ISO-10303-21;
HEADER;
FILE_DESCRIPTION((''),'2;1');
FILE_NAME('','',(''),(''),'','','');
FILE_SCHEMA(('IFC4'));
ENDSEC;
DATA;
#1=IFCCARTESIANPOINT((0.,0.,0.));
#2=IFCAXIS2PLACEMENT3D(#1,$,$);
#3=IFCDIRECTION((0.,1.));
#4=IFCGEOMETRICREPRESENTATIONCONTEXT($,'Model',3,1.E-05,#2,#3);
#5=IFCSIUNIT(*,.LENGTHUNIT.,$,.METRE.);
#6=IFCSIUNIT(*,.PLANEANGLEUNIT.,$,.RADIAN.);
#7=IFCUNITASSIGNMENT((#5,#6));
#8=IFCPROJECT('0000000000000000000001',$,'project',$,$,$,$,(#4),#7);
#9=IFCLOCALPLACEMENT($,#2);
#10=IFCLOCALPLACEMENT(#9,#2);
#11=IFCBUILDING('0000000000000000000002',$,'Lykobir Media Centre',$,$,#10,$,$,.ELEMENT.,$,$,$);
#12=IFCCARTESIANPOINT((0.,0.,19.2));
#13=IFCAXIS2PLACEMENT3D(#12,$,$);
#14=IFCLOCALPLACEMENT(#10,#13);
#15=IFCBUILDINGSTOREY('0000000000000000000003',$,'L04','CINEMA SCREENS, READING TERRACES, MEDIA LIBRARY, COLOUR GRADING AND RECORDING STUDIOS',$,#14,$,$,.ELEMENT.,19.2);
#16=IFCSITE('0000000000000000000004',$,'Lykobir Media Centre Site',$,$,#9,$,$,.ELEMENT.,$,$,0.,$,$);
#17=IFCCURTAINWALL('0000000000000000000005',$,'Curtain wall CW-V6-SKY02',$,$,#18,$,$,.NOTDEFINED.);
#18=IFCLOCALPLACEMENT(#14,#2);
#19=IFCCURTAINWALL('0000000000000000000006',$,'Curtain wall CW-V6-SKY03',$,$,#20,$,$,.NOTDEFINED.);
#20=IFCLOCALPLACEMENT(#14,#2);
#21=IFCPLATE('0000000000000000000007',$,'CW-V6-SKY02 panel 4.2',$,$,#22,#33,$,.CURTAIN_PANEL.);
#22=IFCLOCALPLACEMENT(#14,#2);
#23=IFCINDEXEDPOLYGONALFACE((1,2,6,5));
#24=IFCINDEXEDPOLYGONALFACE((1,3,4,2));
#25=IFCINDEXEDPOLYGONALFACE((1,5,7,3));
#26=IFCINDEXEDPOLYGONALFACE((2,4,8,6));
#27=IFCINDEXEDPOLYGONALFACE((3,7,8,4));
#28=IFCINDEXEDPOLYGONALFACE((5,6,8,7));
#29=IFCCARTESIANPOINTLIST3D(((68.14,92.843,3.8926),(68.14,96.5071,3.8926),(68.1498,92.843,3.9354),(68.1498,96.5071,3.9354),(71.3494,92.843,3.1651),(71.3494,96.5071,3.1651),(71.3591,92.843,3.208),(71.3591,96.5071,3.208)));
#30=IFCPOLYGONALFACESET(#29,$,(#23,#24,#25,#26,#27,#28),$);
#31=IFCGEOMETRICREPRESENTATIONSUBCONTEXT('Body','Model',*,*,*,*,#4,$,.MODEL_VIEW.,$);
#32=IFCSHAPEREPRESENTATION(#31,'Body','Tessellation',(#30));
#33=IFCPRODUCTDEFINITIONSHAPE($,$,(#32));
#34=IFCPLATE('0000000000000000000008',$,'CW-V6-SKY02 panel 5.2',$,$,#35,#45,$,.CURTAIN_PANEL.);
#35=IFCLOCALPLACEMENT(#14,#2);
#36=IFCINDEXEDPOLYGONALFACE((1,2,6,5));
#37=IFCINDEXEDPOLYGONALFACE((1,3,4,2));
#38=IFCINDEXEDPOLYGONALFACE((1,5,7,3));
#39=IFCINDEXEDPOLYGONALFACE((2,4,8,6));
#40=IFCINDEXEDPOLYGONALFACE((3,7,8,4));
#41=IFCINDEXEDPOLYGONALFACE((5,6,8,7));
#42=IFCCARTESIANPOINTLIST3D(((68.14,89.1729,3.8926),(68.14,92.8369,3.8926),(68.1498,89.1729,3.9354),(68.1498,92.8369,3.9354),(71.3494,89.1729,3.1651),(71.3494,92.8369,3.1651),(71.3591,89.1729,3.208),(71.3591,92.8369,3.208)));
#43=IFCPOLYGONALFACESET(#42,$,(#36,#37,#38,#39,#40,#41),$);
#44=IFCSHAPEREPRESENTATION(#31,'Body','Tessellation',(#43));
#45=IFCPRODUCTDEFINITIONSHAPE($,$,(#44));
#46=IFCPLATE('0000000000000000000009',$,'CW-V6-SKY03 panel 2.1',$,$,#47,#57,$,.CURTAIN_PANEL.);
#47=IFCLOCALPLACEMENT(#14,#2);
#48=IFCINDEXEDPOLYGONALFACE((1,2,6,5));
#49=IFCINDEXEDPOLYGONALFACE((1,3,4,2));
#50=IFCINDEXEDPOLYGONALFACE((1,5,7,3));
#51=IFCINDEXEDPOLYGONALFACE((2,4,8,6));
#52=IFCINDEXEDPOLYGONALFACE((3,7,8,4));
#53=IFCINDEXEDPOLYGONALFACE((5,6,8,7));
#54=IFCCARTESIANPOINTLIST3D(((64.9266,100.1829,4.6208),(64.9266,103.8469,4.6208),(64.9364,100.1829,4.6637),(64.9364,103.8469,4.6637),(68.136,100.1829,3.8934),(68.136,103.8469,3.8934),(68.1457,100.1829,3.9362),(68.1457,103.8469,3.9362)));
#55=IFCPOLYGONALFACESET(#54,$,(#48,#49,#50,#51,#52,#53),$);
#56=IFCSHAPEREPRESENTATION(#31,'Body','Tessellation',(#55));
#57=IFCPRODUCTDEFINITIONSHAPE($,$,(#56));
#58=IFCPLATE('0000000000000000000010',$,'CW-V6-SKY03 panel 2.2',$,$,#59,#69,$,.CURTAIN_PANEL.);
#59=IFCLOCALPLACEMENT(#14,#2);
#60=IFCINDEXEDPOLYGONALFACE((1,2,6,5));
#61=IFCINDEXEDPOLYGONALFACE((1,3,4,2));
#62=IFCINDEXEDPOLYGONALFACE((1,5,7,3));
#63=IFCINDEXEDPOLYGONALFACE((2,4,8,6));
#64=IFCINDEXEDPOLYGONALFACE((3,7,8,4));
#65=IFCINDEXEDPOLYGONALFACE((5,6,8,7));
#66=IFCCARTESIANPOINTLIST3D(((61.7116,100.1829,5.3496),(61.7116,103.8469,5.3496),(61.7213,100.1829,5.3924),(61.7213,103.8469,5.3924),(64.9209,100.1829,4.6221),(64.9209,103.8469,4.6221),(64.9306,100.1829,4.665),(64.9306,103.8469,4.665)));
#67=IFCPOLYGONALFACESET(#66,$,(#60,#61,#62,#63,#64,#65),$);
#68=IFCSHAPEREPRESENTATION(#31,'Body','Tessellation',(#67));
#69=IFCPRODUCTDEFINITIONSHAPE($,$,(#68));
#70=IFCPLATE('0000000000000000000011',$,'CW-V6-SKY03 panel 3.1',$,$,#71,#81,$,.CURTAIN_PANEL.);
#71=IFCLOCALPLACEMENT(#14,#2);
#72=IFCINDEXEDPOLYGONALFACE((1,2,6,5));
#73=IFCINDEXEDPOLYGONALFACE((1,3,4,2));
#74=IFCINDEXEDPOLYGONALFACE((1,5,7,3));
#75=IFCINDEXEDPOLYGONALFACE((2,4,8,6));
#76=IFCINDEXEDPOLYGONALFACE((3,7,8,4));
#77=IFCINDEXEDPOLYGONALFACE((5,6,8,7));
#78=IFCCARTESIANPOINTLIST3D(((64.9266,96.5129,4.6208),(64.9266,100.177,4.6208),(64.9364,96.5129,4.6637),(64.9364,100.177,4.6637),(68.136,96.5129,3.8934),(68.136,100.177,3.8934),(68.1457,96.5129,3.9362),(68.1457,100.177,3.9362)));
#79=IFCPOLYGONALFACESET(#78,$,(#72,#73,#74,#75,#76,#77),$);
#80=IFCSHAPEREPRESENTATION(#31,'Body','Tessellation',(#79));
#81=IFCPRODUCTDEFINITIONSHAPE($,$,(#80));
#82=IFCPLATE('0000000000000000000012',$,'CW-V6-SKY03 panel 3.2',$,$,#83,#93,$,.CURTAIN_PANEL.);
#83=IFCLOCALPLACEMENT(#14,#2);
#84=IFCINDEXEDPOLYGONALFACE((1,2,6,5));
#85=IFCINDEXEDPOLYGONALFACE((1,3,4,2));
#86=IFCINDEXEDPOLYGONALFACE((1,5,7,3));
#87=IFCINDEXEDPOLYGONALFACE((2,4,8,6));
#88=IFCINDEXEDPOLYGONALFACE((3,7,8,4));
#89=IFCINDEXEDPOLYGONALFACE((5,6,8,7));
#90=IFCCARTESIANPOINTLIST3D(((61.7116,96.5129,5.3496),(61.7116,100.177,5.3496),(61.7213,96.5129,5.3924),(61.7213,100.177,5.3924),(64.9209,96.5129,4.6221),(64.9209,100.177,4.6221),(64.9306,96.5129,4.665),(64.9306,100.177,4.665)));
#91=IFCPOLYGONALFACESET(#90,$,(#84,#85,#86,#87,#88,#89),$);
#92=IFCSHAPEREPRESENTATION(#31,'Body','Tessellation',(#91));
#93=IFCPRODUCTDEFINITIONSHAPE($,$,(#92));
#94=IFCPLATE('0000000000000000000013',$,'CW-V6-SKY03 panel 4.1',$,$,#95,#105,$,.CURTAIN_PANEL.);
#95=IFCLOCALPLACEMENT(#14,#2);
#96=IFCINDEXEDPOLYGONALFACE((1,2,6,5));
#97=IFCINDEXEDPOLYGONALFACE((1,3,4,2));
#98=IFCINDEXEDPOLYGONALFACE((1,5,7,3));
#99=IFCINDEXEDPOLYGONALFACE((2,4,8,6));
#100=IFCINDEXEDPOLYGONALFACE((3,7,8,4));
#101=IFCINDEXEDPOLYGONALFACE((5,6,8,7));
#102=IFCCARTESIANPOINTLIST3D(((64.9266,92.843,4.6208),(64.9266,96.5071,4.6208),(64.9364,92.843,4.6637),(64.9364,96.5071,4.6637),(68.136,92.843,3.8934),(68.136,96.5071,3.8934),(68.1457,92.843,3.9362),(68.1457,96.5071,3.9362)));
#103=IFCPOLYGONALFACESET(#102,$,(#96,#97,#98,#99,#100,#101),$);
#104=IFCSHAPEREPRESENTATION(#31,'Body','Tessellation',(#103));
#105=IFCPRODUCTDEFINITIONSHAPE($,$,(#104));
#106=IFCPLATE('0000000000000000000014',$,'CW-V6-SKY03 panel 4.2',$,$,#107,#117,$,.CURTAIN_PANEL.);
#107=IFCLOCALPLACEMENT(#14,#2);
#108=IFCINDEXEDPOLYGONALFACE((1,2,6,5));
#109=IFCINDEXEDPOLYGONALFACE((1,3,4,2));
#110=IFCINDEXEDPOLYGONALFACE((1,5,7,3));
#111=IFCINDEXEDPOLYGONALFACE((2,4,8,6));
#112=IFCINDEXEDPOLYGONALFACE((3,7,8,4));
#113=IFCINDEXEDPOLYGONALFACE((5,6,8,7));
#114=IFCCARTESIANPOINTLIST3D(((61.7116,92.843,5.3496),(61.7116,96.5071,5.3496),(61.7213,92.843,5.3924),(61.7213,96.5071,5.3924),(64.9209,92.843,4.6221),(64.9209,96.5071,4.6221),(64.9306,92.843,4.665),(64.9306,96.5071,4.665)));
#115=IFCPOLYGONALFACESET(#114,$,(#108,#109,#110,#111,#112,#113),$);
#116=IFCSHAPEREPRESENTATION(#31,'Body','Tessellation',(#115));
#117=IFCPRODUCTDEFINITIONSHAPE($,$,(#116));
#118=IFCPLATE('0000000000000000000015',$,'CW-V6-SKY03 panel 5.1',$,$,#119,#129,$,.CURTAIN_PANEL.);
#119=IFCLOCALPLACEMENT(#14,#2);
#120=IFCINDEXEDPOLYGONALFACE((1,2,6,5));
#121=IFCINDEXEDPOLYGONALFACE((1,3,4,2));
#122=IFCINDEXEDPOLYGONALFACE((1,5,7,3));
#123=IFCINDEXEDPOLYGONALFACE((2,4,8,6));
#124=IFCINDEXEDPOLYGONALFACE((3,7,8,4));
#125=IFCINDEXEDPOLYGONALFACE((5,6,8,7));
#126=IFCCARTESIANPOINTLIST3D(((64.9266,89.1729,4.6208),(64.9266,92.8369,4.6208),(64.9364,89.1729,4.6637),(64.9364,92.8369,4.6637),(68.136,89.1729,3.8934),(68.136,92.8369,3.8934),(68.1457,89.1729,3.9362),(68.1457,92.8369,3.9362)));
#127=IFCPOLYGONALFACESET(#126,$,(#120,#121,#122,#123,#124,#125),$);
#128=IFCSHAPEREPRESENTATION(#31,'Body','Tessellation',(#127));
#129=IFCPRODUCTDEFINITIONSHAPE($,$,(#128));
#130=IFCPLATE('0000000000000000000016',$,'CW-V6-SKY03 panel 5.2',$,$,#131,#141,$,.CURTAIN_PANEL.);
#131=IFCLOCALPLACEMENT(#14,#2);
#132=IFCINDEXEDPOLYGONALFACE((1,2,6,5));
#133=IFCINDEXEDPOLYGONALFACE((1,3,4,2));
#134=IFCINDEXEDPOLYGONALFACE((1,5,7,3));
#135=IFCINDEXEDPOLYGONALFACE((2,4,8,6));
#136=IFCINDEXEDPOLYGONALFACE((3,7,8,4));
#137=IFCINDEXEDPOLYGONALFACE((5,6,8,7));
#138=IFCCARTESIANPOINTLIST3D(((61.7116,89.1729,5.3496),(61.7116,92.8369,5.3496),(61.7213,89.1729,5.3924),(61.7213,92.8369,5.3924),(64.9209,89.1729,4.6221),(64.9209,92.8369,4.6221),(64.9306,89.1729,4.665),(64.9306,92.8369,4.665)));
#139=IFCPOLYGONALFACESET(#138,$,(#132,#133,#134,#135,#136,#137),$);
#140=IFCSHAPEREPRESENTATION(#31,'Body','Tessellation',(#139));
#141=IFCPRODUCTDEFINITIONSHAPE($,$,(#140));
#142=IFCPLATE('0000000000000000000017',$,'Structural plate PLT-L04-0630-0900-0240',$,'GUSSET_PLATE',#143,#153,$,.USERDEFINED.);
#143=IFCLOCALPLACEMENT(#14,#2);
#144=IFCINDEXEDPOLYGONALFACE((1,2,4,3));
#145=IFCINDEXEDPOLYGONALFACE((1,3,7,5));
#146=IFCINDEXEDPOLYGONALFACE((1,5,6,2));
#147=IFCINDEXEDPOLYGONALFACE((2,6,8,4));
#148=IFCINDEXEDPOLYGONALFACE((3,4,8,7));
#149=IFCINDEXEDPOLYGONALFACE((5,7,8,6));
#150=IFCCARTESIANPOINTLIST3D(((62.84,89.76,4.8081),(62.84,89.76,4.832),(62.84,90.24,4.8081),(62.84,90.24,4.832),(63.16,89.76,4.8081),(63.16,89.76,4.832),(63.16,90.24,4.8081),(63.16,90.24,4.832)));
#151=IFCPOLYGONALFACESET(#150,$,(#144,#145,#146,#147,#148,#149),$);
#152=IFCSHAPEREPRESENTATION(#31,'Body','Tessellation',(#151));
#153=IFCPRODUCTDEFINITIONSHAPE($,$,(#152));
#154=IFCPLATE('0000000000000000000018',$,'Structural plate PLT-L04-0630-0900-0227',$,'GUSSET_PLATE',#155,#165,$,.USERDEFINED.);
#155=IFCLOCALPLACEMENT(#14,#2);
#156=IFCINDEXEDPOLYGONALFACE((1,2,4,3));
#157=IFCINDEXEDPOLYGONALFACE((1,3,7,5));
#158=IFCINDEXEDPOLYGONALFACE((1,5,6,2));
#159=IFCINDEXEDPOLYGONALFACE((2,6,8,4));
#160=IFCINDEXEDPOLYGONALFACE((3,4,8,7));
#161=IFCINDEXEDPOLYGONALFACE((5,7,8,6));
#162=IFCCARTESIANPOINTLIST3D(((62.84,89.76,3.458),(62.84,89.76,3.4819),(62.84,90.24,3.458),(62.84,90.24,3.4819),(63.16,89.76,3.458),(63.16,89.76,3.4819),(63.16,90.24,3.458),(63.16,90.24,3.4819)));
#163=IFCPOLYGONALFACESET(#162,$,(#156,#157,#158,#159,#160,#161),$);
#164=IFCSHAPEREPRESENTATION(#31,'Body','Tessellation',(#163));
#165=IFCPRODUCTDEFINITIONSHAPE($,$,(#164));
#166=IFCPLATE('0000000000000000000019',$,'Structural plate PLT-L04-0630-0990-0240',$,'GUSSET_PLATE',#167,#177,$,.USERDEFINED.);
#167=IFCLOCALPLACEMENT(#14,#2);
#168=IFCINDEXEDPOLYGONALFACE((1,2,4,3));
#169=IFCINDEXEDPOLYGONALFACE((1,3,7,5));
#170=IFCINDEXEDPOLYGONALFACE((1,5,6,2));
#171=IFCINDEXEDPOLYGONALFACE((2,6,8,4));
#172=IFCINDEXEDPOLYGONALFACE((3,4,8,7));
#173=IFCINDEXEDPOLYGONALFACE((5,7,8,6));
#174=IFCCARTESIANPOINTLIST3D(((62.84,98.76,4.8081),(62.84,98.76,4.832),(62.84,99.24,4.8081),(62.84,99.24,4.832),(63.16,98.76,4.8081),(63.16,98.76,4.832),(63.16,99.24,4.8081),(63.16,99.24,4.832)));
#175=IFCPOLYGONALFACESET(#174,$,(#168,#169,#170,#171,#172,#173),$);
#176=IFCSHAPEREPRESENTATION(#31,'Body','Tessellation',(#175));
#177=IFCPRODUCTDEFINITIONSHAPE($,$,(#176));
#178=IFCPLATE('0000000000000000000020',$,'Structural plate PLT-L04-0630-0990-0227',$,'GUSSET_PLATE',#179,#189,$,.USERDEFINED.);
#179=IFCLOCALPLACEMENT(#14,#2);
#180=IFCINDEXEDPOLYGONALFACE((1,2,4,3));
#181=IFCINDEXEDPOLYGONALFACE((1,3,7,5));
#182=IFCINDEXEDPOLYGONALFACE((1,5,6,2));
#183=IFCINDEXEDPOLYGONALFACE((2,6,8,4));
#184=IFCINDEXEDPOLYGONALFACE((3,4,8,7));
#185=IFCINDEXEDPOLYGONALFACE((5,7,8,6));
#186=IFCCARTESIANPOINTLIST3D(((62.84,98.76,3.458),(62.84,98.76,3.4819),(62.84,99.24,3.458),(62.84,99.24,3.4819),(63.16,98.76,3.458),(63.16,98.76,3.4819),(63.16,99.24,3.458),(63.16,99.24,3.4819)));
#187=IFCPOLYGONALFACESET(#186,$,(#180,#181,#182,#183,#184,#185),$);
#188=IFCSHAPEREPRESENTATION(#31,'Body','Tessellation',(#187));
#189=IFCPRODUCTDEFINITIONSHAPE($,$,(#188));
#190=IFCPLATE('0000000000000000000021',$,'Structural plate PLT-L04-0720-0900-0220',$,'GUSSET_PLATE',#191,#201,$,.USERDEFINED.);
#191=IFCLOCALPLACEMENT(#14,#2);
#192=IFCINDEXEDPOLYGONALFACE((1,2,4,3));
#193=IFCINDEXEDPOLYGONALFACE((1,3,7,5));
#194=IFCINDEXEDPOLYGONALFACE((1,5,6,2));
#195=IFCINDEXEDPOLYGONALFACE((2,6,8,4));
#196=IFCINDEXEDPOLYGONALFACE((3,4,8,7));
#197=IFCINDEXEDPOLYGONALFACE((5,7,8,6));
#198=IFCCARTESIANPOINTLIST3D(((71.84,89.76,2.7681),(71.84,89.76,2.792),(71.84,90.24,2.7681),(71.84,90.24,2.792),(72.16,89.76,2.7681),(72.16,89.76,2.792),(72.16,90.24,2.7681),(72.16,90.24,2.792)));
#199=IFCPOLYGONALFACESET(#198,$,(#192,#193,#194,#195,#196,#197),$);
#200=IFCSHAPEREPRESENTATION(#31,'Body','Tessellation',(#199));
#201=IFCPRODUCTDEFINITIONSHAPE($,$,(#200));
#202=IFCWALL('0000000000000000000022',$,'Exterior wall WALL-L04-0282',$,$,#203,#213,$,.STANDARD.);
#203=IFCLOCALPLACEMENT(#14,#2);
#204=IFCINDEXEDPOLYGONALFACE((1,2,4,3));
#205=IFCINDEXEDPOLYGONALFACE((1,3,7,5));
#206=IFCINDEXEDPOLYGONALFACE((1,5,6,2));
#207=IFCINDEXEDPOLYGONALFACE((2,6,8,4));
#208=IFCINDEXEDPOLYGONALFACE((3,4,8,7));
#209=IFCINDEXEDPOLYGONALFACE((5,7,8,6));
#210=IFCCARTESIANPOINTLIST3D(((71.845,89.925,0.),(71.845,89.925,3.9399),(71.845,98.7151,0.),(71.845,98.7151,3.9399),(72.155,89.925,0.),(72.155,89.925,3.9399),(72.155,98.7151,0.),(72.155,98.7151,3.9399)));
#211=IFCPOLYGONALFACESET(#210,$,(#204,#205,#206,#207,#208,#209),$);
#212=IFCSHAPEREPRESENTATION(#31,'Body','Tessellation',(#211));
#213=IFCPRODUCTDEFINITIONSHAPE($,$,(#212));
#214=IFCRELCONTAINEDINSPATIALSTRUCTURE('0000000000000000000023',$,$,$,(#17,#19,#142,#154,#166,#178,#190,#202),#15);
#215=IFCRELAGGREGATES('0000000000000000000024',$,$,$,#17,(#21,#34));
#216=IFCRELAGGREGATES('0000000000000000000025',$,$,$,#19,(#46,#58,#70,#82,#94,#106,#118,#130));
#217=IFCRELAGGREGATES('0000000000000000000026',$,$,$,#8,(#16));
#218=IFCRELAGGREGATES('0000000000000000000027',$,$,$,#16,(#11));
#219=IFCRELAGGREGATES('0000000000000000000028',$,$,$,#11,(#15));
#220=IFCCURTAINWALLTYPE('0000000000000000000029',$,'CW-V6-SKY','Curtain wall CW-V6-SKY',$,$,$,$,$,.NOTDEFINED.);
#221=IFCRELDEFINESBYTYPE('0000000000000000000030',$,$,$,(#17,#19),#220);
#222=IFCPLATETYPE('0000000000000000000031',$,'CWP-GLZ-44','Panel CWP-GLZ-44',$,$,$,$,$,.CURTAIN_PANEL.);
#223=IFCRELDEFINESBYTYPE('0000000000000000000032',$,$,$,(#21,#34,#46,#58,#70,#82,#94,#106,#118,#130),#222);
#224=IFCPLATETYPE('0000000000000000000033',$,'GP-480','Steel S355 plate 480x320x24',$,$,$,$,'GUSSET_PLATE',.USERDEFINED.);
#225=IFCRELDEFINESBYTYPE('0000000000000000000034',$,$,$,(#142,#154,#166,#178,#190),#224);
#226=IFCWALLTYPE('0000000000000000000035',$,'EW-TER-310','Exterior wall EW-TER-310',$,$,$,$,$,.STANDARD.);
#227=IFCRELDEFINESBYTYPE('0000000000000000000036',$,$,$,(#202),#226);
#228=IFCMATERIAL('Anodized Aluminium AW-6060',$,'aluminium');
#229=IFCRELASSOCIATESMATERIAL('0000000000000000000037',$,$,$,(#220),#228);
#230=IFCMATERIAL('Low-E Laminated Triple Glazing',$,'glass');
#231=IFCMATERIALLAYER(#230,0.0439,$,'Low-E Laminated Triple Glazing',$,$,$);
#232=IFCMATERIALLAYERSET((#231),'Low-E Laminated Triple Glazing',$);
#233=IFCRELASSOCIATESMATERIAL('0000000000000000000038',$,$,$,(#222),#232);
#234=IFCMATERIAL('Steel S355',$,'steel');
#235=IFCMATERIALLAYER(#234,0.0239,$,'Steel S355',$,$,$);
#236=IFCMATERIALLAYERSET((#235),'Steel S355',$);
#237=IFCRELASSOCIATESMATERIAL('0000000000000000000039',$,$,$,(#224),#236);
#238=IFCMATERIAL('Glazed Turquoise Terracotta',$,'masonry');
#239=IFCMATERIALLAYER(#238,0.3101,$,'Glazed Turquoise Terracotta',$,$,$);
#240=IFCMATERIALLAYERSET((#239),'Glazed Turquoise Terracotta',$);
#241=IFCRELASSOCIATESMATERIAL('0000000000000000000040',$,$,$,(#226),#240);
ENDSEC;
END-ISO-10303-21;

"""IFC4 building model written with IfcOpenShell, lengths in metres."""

from ifc_helpers import new_model, si_unit, direction, frame, frame_2d, origin, origin_2d, place, context, subcontext, project, spatial, rectangle, extrude, material, layer, layer_set, type_object, element, aggregate, save


model = new_model("IFC4")

# Units and contexts
model_context = context("Model", 3, precision=1e-05, world=origin(), true_north=direction((0.0, 1.0)))
body_context = subcontext(model_context, "Body", "Model", "MODEL_VIEW")
ifc_project = project(units=[si_unit("LENGTHUNIT", "METRE"), si_unit("PLANEANGLEUNIT", "RADIAN")], contexts=[model_context])

# Site, building, storey
site_placement = place(None, origin())
site = spatial("IfcSite", under=ifc_project, at=site_placement, Name="Lykobir Media Centre Site", CompositionType="ELEMENT", RefElevation=0.0)
building_placement = place(site_placement, origin())
building = spatial("IfcBuilding", under=site, at=building_placement, Name="Lykobir Media Centre", CompositionType="ELEMENT")
storey_placement = place(building_placement, frame((0.0, 0.0, 19.2)))
storey = spatial("IfcBuildingStorey", under=building, at=storey_placement, Name="L04", Description="CINEMA SCREENS, READING TERRACES, MEDIA LIBRARY, COLOUR GRADING AND RECORDING STUDIOS", CompositionType="ELEMENT", Elevation=19.2)

# Shared definitions
ifc_material_1 = material(Name="Steel S355", Category="steel")

# Curtain walls
ifc_material_2 = material(Name="Anodized Aluminium AW-6060", Category="aluminium")
curtain_wall_type = type_object("IfcCurtainWallType", Name="CW-V6-SKY", Description="Curtain wall CW-V6-SKY", PredefinedType="NOTDEFINED", material=ifc_material_2)
curtain_wall_1_placement = place(storey_placement, origin())
curtain_wall_1 = element("IfcCurtainWall", 1, at=curtain_wall_1_placement, inside=storey, type_object=curtain_wall_type, Name="Curtain wall CW-V6-SKY02", PredefinedType="NOTDEFINED")
curtain_wall_2_placement = place(storey_placement, origin())
curtain_wall_2 = element("IfcCurtainWall", 2, at=curtain_wall_2_placement, inside=storey, type_object=curtain_wall_type, Name="Curtain wall CW-V6-SKY03", PredefinedType="NOTDEFINED")

# Plates
ifc_material_3 = material(Name="Low-E Laminated Triple Glazing", Category="glass")
ifc_layer_1 = layer(ifc_material_3, 0.0439, Name="Low-E Laminated Triple Glazing")
ifc_layer_set_1 = layer_set([ifc_layer_1], Name="Low-E Laminated Triple Glazing")
plate_type_1 = type_object("IfcPlateType", Name="CWP-GLZ-44", Description="Panel CWP-GLZ-44", PredefinedType="CURTAIN_PANEL", material=ifc_layer_set_1)
plate_1_placement = place(storey_placement, frame((71.3542, 94.675, 3.1865), z_axis=(-0.975258, 0.0, 0.221072), x_axis=(0.0, -1.0, 0.0)))
plate_1 = element("IfcPlate", 3, at=plate_1_placement, type_object=plate_type_1, Name="CW-V6-SKY02 panel 4.2", PredefinedType="CURTAIN_PANEL", context=body_context, shape_type="SweptSolid", body=[
    extrude(rectangle(XDim=3.6641, YDim=0.0439, at=origin_2d()), origin(), (0.0, 0.0, 1.0), 3.2908),
])
plate_2_placement = place(storey_placement, frame((71.3542, 91.0049, 3.1865), z_axis=(-0.975258, 0.0, 0.221072), x_axis=(0.0, -1.0, 0.0)))
plate_2 = element("IfcPlate", 4, at=plate_2_placement, type_object=plate_type_1, Name="CW-V6-SKY02 panel 5.2", PredefinedType="CURTAIN_PANEL", context=body_context, shape_type="SweptSolid", body=[
    extrude(rectangle(XDim=3.6641, YDim=0.0439, at=origin_2d()), origin(), (0.0, 0.0, 1.0), 3.2908),
])
aggregate(curtain_wall_1, [plate_1, plate_2])
plate_3_placement = place(storey_placement, frame((68.1409, 102.0149, 3.9148), z_axis=(-0.975261, 0.0, 0.221055), x_axis=(0.0, -1.0, 0.0)))
plate_3 = element("IfcPlate", 5, at=plate_3_placement, type_object=plate_type_1, Name="CW-V6-SKY03 panel 2.1", PredefinedType="CURTAIN_PANEL", context=body_context, shape_type="SweptSolid", body=[
    extrude(rectangle(XDim=3.6641, YDim=0.0439, at=origin_2d()), origin(), (0.0, 0.0, 1.0), 3.2908),
])
plate_4_placement = place(storey_placement, frame((64.9258, 102.0149, 4.6436), z_axis=(-0.975261, 0.0, 0.221055), x_axis=(0.0, -1.0, 0.0)))
plate_4 = element("IfcPlate", 6, at=plate_4_placement, type_object=plate_type_1, Name="CW-V6-SKY03 panel 2.2", PredefinedType="CURTAIN_PANEL", context=body_context, shape_type="SweptSolid", body=[
    extrude(rectangle(XDim=3.6641, YDim=0.0439, at=origin_2d()), origin(), (0.0, 0.0, 1.0), 3.2908),
])
plate_5_placement = place(storey_placement, frame((68.1409, 98.345, 3.9148), z_axis=(-0.975261, 0.0, 0.221055), x_axis=(0.0, -1.0, 0.0)))
plate_5 = element("IfcPlate", 7, at=plate_5_placement, type_object=plate_type_1, Name="CW-V6-SKY03 panel 3.1", PredefinedType="CURTAIN_PANEL", context=body_context, shape_type="SweptSolid", body=[
    extrude(rectangle(XDim=3.6641, YDim=0.0439, at=origin_2d()), origin(), (0.0, 0.0, 1.0), 3.2908),
])
plate_6_placement = place(storey_placement, frame((64.9258, 98.345, 4.6436), z_axis=(-0.975261, 0.0, 0.221055), x_axis=(0.0, -1.0, 0.0)))
plate_6 = element("IfcPlate", 8, at=plate_6_placement, type_object=plate_type_1, Name="CW-V6-SKY03 panel 3.2", PredefinedType="CURTAIN_PANEL", context=body_context, shape_type="SweptSolid", body=[
    extrude(rectangle(XDim=3.6641, YDim=0.0439, at=origin_2d()), origin(), (0.0, 0.0, 1.0), 3.2908),
])
plate_7_placement = place(storey_placement, frame((68.1409, 94.675, 3.9148), z_axis=(-0.975261, 0.0, 0.221055), x_axis=(0.0, -1.0, 0.0)))
plate_7 = element("IfcPlate", 9, at=plate_7_placement, type_object=plate_type_1, Name="CW-V6-SKY03 panel 4.1", PredefinedType="CURTAIN_PANEL", context=body_context, shape_type="SweptSolid", body=[
    extrude(rectangle(XDim=3.6641, YDim=0.0439, at=origin_2d()), origin(), (0.0, 0.0, 1.0), 3.2908),
])
plate_8_placement = place(storey_placement, frame((64.9258, 94.675, 4.6436), z_axis=(-0.975261, 0.0, 0.221055), x_axis=(0.0, -1.0, 0.0)))
plate_8 = element("IfcPlate", 10, at=plate_8_placement, type_object=plate_type_1, Name="CW-V6-SKY03 panel 4.2", PredefinedType="CURTAIN_PANEL", context=body_context, shape_type="SweptSolid", body=[
    extrude(rectangle(XDim=3.6641, YDim=0.0439, at=origin_2d()), origin(), (0.0, 0.0, 1.0), 3.2908),
])
plate_9_placement = place(storey_placement, frame((68.1409, 91.0049, 3.9148), z_axis=(-0.975261, 0.0, 0.221055), x_axis=(0.0, -1.0, 0.0)))
plate_9 = element("IfcPlate", 11, at=plate_9_placement, type_object=plate_type_1, Name="CW-V6-SKY03 panel 5.1", PredefinedType="CURTAIN_PANEL", context=body_context, shape_type="SweptSolid", body=[
    extrude(rectangle(XDim=3.6641, YDim=0.0439, at=origin_2d()), origin(), (0.0, 0.0, 1.0), 3.2908),
])
plate_10_placement = place(storey_placement, frame((64.9258, 91.0049, 4.6436), z_axis=(-0.975261, 0.0, 0.221055), x_axis=(0.0, -1.0, 0.0)))
plate_10 = element("IfcPlate", 12, at=plate_10_placement, type_object=plate_type_1, Name="CW-V6-SKY03 panel 5.2", PredefinedType="CURTAIN_PANEL", context=body_context, shape_type="SweptSolid", body=[
    extrude(rectangle(XDim=3.6641, YDim=0.0439, at=origin_2d()), origin(), (0.0, 0.0, 1.0), 3.2908),
])
aggregate(curtain_wall_2, [plate_3, plate_4, plate_5, plate_6, plate_7, plate_8, plate_9, plate_10])

# Plates
ifc_layer_2 = layer(ifc_material_1, 0.0239, Name="Steel S355")
ifc_layer_set_2 = layer_set([ifc_layer_2], Name="Steel S355")
plate_type_2 = type_object("IfcPlateType", Name="GP-480", Description="Steel S355 plate 480x320x24", ElementType="GUSSET_PLATE", PredefinedType="USERDEFINED", material=ifc_layer_set_2)
for number, where, z_axis, x_axis, name in (
    (13, (63.0, 90.0, 4.8081), (0.0, 0.0, 1.0), (0.0, 1.0, 0.0), "Structural plate PLT-L04-0630-0900-0240"),
    (14, (63.0, 90.0, 3.458), (0.0, 0.0, 1.0), (0.0, 1.0, 0.0), "Structural plate PLT-L04-0630-0900-0227"),
    (15, (63.0, 99.0, 4.8081), (0.0, 0.0, 1.0), (0.0, 1.0, 0.0), "Structural plate PLT-L04-0630-0990-0240"),
    (16, (63.0, 99.0, 3.458), (0.0, 0.0, 1.0), (0.0, 1.0, 0.0), "Structural plate PLT-L04-0630-0990-0227"),
    (17, (72.0, 90.0, 2.7681), (0.0, 0.0, 1.0), (0.0, 1.0, 0.0), "Structural plate PLT-L04-0720-0900-0220"),
):
    element("IfcPlate", number, at=place(storey_placement, frame(where, z_axis=z_axis, x_axis=x_axis)), inside=storey, type_object=plate_type_2, Name=name, ObjectType="GUSSET_PLATE", PredefinedType="USERDEFINED", context=body_context, shape_type="SweptSolid", body=[
        extrude(rectangle(XDim=0.48, YDim=0.3201, at=origin_2d()), origin(), (0.0, 0.0, 1.0), 0.0239),
    ])

# Wall
ifc_material_4 = material(Name="Glazed Turquoise Terracotta", Category="masonry")
ifc_layer_3 = layer(ifc_material_4, 0.3101, Name="Glazed Turquoise Terracotta")
ifc_layer_set_3 = layer_set([ifc_layer_3], Name="Glazed Turquoise Terracotta")
wall_type = type_object("IfcWallType", Name="EW-TER-310", Description="Exterior wall EW-TER-310", PredefinedType="STANDARD", material=ifc_layer_set_3)
wall_placement = place(storey_placement, frame((72.0, 89.925, 0.0), z_axis=(0.0, 0.0, 1.0), x_axis=(0.0, 1.0, 0.0)))
element("IfcWall", 18, at=wall_placement, inside=storey, type_object=wall_type, Name="Exterior wall WALL-L04-0282", PredefinedType="STANDARD", context=body_context, shape_type="SweptSolid", body=[
    extrude(rectangle(XDim=8.79, YDim=0.3101, at=frame_2d((4.395, 0.0))), origin(), (0.0, 0.0, 1.0), 3.9399),
])

save(model, "model.ifc")
